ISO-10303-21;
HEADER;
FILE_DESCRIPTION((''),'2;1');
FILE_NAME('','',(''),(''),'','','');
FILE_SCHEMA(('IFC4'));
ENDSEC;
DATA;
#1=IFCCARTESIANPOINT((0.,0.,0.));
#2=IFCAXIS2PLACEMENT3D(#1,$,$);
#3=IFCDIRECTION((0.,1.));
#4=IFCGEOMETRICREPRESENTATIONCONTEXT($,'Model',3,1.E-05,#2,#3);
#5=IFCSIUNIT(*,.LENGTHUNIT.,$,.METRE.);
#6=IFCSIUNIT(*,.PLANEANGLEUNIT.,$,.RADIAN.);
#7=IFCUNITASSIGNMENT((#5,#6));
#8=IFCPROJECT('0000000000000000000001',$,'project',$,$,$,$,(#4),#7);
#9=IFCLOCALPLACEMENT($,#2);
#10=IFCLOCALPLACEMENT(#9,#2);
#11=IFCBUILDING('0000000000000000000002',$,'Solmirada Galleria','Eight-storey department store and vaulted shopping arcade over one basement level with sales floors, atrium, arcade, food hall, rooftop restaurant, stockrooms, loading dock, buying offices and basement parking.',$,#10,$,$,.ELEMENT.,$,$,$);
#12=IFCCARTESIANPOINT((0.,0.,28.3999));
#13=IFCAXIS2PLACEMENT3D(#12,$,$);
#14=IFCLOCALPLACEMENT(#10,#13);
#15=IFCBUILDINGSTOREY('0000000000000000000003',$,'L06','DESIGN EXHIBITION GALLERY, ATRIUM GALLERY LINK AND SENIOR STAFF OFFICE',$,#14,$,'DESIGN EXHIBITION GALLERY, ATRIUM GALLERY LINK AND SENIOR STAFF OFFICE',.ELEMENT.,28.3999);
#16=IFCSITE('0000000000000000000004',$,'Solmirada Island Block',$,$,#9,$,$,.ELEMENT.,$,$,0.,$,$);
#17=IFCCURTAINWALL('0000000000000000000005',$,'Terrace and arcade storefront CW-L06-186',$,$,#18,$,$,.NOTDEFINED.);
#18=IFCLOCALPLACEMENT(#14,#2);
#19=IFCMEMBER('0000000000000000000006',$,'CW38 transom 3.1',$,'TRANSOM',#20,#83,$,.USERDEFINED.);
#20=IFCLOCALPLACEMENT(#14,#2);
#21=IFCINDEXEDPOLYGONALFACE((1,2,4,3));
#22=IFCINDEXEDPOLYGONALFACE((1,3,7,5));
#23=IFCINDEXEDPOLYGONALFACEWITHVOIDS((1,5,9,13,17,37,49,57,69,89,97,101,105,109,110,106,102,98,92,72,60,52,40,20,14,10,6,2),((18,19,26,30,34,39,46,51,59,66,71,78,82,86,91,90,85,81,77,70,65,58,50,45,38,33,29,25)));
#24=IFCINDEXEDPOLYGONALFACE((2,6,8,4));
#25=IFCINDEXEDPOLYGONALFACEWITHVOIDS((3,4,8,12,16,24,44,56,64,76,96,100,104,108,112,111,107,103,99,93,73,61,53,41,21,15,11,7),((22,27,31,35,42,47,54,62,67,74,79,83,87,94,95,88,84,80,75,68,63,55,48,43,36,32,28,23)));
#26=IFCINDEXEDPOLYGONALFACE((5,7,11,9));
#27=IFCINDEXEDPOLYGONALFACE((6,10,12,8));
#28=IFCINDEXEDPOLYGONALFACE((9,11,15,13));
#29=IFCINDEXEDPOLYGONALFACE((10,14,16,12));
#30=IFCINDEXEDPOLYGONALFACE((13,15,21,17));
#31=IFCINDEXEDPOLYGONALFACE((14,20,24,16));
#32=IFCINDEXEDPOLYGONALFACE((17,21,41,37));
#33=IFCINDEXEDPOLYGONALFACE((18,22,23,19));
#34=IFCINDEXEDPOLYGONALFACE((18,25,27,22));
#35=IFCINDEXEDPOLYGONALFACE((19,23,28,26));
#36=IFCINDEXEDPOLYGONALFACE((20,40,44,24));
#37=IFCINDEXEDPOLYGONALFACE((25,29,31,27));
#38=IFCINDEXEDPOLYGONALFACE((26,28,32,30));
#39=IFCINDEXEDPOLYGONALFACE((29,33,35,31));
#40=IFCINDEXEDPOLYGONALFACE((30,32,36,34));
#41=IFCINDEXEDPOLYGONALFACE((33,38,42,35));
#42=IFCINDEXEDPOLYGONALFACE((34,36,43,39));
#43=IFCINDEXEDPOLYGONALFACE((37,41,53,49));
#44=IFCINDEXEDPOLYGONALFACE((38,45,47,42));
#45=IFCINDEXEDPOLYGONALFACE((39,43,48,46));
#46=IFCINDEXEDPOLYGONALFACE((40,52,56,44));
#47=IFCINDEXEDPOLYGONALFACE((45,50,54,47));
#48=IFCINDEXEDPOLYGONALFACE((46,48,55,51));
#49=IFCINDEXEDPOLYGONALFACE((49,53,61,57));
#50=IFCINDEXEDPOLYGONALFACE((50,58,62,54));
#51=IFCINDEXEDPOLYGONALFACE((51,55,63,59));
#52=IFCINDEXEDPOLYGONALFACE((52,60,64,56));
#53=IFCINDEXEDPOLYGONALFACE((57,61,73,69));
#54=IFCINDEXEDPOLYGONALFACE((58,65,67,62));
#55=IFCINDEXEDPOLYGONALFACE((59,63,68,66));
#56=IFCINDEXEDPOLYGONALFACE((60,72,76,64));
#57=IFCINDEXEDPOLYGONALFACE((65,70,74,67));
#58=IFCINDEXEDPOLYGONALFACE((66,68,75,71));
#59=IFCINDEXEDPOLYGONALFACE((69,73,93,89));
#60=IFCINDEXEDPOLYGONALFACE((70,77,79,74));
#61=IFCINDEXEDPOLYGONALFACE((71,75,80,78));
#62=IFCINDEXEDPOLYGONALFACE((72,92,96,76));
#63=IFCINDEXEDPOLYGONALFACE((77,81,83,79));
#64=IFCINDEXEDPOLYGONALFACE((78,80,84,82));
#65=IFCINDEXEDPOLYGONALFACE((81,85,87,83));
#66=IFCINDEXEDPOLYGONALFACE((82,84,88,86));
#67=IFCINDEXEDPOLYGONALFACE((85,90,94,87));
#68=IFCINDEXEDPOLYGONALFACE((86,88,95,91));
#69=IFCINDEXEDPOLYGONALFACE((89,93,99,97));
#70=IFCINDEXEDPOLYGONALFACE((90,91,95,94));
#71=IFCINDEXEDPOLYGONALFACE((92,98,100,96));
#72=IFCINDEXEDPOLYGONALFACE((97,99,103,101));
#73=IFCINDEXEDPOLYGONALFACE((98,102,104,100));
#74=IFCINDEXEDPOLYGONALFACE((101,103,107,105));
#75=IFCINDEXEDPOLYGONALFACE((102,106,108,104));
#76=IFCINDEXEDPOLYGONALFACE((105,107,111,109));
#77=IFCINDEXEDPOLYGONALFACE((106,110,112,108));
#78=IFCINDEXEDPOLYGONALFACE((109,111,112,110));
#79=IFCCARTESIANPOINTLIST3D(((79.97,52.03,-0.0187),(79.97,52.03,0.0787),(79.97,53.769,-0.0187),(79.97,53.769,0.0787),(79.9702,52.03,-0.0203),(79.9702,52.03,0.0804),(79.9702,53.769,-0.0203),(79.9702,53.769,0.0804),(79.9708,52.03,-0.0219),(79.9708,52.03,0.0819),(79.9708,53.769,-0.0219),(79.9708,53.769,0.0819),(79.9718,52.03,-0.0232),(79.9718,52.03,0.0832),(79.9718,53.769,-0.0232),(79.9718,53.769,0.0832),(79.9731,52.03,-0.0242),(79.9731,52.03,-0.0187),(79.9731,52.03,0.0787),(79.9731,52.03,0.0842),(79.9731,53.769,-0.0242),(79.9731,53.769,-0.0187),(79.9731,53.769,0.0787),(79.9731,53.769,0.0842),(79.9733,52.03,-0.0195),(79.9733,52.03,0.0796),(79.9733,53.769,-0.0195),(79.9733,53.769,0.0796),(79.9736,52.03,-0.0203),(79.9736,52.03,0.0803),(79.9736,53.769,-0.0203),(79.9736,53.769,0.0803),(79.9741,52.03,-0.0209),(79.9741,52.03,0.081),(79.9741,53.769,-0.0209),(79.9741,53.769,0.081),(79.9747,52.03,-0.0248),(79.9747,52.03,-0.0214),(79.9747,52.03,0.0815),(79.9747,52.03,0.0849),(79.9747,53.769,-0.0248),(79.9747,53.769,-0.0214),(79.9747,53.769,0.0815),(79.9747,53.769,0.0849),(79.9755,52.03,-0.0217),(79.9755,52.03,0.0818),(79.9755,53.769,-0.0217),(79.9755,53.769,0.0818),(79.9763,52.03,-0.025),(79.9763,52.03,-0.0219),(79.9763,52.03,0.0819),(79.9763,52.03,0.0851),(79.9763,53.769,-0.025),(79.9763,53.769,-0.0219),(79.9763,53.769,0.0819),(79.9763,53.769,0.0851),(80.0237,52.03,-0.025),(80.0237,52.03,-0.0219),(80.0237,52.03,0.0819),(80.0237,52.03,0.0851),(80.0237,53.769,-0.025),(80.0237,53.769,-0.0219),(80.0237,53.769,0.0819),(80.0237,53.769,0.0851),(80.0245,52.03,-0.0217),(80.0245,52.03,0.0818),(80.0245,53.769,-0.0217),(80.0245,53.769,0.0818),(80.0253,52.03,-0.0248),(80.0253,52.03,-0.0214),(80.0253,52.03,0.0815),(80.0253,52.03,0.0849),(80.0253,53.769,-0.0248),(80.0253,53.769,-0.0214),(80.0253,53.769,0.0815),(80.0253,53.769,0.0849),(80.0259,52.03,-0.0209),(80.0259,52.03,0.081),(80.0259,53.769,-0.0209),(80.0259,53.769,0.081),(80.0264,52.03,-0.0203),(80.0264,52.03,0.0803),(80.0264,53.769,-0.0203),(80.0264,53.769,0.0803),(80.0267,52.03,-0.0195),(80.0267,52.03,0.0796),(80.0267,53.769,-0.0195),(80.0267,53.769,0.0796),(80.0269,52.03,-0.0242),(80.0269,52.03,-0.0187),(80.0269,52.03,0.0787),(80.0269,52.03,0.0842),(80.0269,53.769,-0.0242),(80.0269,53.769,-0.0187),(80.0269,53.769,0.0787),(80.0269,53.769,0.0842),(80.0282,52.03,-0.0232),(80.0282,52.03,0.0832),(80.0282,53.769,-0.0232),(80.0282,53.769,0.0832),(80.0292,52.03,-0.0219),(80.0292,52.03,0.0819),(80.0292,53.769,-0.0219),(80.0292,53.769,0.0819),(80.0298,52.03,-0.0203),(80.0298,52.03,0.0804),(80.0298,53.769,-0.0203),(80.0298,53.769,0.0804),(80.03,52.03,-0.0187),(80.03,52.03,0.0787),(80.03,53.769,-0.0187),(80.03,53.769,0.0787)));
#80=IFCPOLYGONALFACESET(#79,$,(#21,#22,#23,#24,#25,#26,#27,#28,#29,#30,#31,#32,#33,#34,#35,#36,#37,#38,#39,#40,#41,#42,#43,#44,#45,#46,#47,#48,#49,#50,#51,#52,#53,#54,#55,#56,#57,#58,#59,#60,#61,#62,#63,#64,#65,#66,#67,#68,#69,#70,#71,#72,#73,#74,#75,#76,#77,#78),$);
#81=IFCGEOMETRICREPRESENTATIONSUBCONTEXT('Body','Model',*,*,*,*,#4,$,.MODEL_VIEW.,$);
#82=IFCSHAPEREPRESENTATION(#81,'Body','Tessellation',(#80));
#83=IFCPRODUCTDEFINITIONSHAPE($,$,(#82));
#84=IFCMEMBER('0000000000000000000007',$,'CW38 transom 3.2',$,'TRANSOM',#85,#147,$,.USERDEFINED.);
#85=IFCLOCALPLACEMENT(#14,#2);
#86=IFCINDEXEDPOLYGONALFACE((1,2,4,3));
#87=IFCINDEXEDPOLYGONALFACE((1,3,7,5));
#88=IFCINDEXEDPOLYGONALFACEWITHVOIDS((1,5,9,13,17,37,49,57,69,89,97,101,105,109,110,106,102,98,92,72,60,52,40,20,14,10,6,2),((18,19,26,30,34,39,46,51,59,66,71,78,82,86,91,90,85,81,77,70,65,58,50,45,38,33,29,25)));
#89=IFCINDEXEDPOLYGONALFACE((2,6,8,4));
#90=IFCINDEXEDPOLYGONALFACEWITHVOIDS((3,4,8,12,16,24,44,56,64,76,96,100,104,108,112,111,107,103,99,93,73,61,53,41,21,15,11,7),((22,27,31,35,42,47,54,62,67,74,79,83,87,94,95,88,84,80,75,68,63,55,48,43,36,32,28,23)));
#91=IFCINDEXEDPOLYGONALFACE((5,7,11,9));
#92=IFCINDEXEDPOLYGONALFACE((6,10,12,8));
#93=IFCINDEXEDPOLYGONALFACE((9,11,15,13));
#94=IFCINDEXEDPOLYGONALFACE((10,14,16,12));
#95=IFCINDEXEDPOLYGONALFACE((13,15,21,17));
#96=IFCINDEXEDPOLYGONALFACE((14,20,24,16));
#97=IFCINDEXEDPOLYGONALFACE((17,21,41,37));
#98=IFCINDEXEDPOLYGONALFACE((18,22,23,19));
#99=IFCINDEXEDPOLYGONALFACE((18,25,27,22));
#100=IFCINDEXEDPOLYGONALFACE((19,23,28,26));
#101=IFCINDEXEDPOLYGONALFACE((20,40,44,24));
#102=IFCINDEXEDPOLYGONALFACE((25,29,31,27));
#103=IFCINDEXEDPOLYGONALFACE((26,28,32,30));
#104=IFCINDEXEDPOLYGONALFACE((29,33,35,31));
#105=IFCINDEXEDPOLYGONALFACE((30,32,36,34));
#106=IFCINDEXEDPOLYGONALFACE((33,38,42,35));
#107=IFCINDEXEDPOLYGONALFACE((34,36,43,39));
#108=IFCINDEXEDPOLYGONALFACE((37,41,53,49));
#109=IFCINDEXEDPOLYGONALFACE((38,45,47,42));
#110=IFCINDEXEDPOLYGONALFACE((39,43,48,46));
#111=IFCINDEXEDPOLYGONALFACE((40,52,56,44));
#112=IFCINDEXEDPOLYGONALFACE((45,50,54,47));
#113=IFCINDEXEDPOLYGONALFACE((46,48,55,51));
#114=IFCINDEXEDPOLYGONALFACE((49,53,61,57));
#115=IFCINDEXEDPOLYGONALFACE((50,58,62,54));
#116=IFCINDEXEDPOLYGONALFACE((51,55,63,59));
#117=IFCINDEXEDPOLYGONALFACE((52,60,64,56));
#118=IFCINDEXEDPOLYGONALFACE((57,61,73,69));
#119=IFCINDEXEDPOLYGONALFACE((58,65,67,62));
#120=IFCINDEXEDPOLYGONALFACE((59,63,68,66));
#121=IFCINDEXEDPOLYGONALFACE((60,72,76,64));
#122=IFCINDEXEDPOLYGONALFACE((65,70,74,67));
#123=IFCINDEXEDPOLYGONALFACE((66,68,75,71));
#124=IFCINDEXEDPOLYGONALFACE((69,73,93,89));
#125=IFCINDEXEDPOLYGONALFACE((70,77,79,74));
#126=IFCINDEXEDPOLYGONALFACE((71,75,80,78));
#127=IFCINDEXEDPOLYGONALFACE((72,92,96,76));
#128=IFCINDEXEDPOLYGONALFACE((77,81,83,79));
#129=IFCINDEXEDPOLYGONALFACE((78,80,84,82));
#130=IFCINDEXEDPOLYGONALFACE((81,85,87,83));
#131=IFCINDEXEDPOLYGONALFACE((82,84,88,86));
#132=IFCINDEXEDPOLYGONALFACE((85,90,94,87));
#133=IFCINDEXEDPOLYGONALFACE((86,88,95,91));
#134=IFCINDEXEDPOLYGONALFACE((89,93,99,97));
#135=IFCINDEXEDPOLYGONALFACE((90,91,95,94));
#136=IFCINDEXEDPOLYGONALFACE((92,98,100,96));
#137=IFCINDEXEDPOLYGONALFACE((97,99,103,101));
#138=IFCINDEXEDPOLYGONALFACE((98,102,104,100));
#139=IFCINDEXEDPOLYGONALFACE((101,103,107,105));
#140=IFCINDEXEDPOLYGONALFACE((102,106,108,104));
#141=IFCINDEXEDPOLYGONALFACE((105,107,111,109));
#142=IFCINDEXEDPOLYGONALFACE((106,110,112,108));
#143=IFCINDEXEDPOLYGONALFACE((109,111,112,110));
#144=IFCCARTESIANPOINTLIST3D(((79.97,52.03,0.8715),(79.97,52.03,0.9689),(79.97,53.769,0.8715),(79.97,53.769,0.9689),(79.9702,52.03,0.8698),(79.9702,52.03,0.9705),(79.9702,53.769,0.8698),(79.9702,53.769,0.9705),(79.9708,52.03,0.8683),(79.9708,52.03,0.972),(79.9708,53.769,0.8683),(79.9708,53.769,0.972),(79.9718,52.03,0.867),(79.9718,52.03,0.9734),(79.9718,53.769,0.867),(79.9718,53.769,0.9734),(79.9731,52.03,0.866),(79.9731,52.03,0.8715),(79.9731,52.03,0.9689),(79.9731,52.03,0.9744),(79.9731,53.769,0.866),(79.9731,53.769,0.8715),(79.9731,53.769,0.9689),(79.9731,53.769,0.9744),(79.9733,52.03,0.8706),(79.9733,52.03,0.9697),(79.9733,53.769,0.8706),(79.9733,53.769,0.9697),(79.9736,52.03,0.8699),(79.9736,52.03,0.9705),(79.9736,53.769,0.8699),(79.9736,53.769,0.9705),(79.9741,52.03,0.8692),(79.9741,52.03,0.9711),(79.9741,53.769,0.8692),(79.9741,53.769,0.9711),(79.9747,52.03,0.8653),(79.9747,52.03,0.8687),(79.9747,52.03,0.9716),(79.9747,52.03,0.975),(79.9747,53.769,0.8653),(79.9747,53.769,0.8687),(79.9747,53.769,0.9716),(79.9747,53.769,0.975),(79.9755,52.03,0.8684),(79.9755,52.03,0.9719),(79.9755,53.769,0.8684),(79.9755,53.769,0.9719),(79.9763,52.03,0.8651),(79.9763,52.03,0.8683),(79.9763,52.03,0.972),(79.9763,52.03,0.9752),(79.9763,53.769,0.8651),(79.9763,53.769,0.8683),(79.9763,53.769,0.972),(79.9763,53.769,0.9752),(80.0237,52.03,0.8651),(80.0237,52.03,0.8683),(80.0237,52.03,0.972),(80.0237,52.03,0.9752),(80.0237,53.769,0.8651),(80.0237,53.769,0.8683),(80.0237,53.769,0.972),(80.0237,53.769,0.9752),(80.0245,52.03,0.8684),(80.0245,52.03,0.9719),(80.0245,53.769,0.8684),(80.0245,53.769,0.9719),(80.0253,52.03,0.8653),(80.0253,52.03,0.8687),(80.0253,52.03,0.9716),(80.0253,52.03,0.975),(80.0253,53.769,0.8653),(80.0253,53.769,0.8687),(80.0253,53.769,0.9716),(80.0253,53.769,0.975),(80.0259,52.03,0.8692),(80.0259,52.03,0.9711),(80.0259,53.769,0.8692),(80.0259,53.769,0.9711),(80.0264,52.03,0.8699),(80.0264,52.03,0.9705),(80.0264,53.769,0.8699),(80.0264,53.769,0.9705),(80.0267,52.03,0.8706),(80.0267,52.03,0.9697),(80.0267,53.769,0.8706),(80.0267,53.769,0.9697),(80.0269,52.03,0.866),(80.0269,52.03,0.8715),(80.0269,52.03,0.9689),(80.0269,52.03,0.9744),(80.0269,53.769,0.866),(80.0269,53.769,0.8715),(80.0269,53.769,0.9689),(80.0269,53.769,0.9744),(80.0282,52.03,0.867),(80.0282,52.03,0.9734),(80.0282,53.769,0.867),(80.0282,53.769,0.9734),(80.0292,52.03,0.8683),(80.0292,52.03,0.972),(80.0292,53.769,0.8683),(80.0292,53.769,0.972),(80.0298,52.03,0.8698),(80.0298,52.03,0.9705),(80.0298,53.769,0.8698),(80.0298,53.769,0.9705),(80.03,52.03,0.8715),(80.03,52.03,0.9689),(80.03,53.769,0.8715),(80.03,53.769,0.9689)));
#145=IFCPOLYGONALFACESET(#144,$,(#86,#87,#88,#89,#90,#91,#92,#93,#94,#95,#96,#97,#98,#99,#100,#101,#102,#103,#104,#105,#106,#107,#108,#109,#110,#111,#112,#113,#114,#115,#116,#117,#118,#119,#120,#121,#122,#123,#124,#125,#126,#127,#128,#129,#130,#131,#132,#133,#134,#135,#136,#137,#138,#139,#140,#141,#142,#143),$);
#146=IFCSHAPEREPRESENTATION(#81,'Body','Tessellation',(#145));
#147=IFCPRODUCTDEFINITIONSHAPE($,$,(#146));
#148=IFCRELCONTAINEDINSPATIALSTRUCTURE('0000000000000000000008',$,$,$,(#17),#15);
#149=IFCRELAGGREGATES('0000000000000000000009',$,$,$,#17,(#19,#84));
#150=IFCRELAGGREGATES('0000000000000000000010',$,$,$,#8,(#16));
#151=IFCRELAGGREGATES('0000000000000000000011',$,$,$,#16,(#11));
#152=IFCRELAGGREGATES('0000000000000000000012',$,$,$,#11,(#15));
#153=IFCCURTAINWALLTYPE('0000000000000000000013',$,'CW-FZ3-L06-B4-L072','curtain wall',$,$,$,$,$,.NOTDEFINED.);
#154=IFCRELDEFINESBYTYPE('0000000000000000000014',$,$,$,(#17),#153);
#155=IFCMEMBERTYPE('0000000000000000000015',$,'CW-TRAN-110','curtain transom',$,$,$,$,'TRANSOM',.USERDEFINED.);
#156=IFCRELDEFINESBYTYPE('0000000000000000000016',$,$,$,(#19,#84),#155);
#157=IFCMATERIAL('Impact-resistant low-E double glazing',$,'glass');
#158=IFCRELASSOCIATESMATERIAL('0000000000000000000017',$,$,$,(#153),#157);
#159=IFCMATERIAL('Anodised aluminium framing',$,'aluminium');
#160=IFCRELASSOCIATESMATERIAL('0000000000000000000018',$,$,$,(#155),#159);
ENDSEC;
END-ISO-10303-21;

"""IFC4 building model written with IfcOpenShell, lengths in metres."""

from ifc_helpers import new_model, si_unit, direction, frame, origin, origin_2d, place, context, subcontext, project, spatial, hollow_rectangle, extrude, material, material_profile, profile_set, type_object, element, aggregate, save


model = new_model("IFC4")

# Units and contexts
model_context = context("Model", 3, precision=1e-05, world=origin(), true_north=direction((0.0, 1.0)))
body_context = subcontext(model_context, "Body", "Model", "MODEL_VIEW")
ifc_project = project(units=[si_unit("LENGTHUNIT", "METRE"), si_unit("PLANEANGLEUNIT", "RADIAN")], contexts=[model_context])

# Site, building, storey
site_placement = place(None, origin())
site = spatial("IfcSite", under=ifc_project, at=site_placement, Name="Solmirada Island Block", CompositionType="ELEMENT", RefElevation=0.0)
building_placement = place(site_placement, origin())
building = spatial("IfcBuilding", under=site, at=building_placement, Name="Solmirada Galleria", Description="Eight-storey department store and vaulted shopping arcade over one basement level with sales floors, atrium, arcade, food hall, rooftop restaurant, stockrooms, loading dock, buying offices and basement parking.", CompositionType="ELEMENT")
storey_placement = place(building_placement, frame((0.0, 0.0, 28.3999)))
storey = spatial("IfcBuildingStorey", under=building, at=storey_placement, Name="L06", Description="DESIGN EXHIBITION GALLERY, ATRIUM GALLERY LINK AND SENIOR STAFF OFFICE", LongName="DESIGN EXHIBITION GALLERY, ATRIUM GALLERY LINK AND SENIOR STAFF OFFICE", CompositionType="ELEMENT", Elevation=28.3999)

# Curtain wall, members
ifc_material_1 = material(Name="Impact-resistant low-E double glazing", Category="glass")
curtain_wall_type = type_object("IfcCurtainWallType", Name="CW-FZ3-L06-B4-L072", Description="curtain wall", PredefinedType="NOTDEFINED", material=ifc_material_1)
curtain_wall_placement = place(storey_placement, origin())
curtain_wall = element("IfcCurtainWall", 1, at=curtain_wall_placement, inside=storey, type_object=curtain_wall_type, Name="Terrace and arcade storefront CW-L06-186", PredefinedType="NOTDEFINED")
ifc_material_2 = material(Name="Anodised aluminium framing", Category="aluminium")
ifc_material_profile_1 = material_profile(ifc_material_2, hollow_rectangle(XDim=0.0601, YDim=0.1101, WallThickness=0.0032, InnerFilletRadius=0.0032, OuterFilletRadius=0.0063, at=origin_2d()), Name="ALU-TRAN-110X60")
ifc_profile_set_1 = profile_set([ifc_material_profile_1], Name="Anodised aluminium framing")
member_type_1 = type_object("IfcMemberType", Name="CW-TRAN-110", Description="curtain transom", ElementType="TRANSOM", PredefinedType="USERDEFINED", material=ifc_profile_set_1)
member_1_placement = place(storey_placement, frame((80.0, 52.03, 0.03), z_axis=(0.0, 1.0, 0.0), x_axis=(-1.0, 0.0, 0.0)))
member_1 = element("IfcMember", 2, at=member_1_placement, type_object=member_type_1, Name="CW38 transom 3.1", ObjectType="TRANSOM", PredefinedType="USERDEFINED", context=body_context, shape_type="SweptSolid", body=[
    extrude(hollow_rectangle(XDim=0.0601, YDim=0.1101, WallThickness=0.0032, InnerFilletRadius=0.0032, OuterFilletRadius=0.0063, at=origin_2d()), origin(), (0.0, 0.0, 1.0), 1.739),
])
member_2_placement = place(storey_placement, frame((80.0, 52.03, 0.9202), z_axis=(0.0, 1.0, 0.0), x_axis=(-1.0, 0.0, 0.0)))
member_2 = element("IfcMember", 3, at=member_2_placement, type_object=member_type_1, Name="CW38 transom 3.2", ObjectType="TRANSOM", PredefinedType="USERDEFINED", context=body_context, shape_type="SweptSolid", body=[
    extrude(hollow_rectangle(XDim=0.0601, YDim=0.1101, WallThickness=0.0032, InnerFilletRadius=0.0032, OuterFilletRadius=0.0063, at=origin_2d()), origin(), (0.0, 0.0, 1.0), 1.739),
])
aggregate(curtain_wall, [member_1, member_2])

save(model, "model.ifc")
